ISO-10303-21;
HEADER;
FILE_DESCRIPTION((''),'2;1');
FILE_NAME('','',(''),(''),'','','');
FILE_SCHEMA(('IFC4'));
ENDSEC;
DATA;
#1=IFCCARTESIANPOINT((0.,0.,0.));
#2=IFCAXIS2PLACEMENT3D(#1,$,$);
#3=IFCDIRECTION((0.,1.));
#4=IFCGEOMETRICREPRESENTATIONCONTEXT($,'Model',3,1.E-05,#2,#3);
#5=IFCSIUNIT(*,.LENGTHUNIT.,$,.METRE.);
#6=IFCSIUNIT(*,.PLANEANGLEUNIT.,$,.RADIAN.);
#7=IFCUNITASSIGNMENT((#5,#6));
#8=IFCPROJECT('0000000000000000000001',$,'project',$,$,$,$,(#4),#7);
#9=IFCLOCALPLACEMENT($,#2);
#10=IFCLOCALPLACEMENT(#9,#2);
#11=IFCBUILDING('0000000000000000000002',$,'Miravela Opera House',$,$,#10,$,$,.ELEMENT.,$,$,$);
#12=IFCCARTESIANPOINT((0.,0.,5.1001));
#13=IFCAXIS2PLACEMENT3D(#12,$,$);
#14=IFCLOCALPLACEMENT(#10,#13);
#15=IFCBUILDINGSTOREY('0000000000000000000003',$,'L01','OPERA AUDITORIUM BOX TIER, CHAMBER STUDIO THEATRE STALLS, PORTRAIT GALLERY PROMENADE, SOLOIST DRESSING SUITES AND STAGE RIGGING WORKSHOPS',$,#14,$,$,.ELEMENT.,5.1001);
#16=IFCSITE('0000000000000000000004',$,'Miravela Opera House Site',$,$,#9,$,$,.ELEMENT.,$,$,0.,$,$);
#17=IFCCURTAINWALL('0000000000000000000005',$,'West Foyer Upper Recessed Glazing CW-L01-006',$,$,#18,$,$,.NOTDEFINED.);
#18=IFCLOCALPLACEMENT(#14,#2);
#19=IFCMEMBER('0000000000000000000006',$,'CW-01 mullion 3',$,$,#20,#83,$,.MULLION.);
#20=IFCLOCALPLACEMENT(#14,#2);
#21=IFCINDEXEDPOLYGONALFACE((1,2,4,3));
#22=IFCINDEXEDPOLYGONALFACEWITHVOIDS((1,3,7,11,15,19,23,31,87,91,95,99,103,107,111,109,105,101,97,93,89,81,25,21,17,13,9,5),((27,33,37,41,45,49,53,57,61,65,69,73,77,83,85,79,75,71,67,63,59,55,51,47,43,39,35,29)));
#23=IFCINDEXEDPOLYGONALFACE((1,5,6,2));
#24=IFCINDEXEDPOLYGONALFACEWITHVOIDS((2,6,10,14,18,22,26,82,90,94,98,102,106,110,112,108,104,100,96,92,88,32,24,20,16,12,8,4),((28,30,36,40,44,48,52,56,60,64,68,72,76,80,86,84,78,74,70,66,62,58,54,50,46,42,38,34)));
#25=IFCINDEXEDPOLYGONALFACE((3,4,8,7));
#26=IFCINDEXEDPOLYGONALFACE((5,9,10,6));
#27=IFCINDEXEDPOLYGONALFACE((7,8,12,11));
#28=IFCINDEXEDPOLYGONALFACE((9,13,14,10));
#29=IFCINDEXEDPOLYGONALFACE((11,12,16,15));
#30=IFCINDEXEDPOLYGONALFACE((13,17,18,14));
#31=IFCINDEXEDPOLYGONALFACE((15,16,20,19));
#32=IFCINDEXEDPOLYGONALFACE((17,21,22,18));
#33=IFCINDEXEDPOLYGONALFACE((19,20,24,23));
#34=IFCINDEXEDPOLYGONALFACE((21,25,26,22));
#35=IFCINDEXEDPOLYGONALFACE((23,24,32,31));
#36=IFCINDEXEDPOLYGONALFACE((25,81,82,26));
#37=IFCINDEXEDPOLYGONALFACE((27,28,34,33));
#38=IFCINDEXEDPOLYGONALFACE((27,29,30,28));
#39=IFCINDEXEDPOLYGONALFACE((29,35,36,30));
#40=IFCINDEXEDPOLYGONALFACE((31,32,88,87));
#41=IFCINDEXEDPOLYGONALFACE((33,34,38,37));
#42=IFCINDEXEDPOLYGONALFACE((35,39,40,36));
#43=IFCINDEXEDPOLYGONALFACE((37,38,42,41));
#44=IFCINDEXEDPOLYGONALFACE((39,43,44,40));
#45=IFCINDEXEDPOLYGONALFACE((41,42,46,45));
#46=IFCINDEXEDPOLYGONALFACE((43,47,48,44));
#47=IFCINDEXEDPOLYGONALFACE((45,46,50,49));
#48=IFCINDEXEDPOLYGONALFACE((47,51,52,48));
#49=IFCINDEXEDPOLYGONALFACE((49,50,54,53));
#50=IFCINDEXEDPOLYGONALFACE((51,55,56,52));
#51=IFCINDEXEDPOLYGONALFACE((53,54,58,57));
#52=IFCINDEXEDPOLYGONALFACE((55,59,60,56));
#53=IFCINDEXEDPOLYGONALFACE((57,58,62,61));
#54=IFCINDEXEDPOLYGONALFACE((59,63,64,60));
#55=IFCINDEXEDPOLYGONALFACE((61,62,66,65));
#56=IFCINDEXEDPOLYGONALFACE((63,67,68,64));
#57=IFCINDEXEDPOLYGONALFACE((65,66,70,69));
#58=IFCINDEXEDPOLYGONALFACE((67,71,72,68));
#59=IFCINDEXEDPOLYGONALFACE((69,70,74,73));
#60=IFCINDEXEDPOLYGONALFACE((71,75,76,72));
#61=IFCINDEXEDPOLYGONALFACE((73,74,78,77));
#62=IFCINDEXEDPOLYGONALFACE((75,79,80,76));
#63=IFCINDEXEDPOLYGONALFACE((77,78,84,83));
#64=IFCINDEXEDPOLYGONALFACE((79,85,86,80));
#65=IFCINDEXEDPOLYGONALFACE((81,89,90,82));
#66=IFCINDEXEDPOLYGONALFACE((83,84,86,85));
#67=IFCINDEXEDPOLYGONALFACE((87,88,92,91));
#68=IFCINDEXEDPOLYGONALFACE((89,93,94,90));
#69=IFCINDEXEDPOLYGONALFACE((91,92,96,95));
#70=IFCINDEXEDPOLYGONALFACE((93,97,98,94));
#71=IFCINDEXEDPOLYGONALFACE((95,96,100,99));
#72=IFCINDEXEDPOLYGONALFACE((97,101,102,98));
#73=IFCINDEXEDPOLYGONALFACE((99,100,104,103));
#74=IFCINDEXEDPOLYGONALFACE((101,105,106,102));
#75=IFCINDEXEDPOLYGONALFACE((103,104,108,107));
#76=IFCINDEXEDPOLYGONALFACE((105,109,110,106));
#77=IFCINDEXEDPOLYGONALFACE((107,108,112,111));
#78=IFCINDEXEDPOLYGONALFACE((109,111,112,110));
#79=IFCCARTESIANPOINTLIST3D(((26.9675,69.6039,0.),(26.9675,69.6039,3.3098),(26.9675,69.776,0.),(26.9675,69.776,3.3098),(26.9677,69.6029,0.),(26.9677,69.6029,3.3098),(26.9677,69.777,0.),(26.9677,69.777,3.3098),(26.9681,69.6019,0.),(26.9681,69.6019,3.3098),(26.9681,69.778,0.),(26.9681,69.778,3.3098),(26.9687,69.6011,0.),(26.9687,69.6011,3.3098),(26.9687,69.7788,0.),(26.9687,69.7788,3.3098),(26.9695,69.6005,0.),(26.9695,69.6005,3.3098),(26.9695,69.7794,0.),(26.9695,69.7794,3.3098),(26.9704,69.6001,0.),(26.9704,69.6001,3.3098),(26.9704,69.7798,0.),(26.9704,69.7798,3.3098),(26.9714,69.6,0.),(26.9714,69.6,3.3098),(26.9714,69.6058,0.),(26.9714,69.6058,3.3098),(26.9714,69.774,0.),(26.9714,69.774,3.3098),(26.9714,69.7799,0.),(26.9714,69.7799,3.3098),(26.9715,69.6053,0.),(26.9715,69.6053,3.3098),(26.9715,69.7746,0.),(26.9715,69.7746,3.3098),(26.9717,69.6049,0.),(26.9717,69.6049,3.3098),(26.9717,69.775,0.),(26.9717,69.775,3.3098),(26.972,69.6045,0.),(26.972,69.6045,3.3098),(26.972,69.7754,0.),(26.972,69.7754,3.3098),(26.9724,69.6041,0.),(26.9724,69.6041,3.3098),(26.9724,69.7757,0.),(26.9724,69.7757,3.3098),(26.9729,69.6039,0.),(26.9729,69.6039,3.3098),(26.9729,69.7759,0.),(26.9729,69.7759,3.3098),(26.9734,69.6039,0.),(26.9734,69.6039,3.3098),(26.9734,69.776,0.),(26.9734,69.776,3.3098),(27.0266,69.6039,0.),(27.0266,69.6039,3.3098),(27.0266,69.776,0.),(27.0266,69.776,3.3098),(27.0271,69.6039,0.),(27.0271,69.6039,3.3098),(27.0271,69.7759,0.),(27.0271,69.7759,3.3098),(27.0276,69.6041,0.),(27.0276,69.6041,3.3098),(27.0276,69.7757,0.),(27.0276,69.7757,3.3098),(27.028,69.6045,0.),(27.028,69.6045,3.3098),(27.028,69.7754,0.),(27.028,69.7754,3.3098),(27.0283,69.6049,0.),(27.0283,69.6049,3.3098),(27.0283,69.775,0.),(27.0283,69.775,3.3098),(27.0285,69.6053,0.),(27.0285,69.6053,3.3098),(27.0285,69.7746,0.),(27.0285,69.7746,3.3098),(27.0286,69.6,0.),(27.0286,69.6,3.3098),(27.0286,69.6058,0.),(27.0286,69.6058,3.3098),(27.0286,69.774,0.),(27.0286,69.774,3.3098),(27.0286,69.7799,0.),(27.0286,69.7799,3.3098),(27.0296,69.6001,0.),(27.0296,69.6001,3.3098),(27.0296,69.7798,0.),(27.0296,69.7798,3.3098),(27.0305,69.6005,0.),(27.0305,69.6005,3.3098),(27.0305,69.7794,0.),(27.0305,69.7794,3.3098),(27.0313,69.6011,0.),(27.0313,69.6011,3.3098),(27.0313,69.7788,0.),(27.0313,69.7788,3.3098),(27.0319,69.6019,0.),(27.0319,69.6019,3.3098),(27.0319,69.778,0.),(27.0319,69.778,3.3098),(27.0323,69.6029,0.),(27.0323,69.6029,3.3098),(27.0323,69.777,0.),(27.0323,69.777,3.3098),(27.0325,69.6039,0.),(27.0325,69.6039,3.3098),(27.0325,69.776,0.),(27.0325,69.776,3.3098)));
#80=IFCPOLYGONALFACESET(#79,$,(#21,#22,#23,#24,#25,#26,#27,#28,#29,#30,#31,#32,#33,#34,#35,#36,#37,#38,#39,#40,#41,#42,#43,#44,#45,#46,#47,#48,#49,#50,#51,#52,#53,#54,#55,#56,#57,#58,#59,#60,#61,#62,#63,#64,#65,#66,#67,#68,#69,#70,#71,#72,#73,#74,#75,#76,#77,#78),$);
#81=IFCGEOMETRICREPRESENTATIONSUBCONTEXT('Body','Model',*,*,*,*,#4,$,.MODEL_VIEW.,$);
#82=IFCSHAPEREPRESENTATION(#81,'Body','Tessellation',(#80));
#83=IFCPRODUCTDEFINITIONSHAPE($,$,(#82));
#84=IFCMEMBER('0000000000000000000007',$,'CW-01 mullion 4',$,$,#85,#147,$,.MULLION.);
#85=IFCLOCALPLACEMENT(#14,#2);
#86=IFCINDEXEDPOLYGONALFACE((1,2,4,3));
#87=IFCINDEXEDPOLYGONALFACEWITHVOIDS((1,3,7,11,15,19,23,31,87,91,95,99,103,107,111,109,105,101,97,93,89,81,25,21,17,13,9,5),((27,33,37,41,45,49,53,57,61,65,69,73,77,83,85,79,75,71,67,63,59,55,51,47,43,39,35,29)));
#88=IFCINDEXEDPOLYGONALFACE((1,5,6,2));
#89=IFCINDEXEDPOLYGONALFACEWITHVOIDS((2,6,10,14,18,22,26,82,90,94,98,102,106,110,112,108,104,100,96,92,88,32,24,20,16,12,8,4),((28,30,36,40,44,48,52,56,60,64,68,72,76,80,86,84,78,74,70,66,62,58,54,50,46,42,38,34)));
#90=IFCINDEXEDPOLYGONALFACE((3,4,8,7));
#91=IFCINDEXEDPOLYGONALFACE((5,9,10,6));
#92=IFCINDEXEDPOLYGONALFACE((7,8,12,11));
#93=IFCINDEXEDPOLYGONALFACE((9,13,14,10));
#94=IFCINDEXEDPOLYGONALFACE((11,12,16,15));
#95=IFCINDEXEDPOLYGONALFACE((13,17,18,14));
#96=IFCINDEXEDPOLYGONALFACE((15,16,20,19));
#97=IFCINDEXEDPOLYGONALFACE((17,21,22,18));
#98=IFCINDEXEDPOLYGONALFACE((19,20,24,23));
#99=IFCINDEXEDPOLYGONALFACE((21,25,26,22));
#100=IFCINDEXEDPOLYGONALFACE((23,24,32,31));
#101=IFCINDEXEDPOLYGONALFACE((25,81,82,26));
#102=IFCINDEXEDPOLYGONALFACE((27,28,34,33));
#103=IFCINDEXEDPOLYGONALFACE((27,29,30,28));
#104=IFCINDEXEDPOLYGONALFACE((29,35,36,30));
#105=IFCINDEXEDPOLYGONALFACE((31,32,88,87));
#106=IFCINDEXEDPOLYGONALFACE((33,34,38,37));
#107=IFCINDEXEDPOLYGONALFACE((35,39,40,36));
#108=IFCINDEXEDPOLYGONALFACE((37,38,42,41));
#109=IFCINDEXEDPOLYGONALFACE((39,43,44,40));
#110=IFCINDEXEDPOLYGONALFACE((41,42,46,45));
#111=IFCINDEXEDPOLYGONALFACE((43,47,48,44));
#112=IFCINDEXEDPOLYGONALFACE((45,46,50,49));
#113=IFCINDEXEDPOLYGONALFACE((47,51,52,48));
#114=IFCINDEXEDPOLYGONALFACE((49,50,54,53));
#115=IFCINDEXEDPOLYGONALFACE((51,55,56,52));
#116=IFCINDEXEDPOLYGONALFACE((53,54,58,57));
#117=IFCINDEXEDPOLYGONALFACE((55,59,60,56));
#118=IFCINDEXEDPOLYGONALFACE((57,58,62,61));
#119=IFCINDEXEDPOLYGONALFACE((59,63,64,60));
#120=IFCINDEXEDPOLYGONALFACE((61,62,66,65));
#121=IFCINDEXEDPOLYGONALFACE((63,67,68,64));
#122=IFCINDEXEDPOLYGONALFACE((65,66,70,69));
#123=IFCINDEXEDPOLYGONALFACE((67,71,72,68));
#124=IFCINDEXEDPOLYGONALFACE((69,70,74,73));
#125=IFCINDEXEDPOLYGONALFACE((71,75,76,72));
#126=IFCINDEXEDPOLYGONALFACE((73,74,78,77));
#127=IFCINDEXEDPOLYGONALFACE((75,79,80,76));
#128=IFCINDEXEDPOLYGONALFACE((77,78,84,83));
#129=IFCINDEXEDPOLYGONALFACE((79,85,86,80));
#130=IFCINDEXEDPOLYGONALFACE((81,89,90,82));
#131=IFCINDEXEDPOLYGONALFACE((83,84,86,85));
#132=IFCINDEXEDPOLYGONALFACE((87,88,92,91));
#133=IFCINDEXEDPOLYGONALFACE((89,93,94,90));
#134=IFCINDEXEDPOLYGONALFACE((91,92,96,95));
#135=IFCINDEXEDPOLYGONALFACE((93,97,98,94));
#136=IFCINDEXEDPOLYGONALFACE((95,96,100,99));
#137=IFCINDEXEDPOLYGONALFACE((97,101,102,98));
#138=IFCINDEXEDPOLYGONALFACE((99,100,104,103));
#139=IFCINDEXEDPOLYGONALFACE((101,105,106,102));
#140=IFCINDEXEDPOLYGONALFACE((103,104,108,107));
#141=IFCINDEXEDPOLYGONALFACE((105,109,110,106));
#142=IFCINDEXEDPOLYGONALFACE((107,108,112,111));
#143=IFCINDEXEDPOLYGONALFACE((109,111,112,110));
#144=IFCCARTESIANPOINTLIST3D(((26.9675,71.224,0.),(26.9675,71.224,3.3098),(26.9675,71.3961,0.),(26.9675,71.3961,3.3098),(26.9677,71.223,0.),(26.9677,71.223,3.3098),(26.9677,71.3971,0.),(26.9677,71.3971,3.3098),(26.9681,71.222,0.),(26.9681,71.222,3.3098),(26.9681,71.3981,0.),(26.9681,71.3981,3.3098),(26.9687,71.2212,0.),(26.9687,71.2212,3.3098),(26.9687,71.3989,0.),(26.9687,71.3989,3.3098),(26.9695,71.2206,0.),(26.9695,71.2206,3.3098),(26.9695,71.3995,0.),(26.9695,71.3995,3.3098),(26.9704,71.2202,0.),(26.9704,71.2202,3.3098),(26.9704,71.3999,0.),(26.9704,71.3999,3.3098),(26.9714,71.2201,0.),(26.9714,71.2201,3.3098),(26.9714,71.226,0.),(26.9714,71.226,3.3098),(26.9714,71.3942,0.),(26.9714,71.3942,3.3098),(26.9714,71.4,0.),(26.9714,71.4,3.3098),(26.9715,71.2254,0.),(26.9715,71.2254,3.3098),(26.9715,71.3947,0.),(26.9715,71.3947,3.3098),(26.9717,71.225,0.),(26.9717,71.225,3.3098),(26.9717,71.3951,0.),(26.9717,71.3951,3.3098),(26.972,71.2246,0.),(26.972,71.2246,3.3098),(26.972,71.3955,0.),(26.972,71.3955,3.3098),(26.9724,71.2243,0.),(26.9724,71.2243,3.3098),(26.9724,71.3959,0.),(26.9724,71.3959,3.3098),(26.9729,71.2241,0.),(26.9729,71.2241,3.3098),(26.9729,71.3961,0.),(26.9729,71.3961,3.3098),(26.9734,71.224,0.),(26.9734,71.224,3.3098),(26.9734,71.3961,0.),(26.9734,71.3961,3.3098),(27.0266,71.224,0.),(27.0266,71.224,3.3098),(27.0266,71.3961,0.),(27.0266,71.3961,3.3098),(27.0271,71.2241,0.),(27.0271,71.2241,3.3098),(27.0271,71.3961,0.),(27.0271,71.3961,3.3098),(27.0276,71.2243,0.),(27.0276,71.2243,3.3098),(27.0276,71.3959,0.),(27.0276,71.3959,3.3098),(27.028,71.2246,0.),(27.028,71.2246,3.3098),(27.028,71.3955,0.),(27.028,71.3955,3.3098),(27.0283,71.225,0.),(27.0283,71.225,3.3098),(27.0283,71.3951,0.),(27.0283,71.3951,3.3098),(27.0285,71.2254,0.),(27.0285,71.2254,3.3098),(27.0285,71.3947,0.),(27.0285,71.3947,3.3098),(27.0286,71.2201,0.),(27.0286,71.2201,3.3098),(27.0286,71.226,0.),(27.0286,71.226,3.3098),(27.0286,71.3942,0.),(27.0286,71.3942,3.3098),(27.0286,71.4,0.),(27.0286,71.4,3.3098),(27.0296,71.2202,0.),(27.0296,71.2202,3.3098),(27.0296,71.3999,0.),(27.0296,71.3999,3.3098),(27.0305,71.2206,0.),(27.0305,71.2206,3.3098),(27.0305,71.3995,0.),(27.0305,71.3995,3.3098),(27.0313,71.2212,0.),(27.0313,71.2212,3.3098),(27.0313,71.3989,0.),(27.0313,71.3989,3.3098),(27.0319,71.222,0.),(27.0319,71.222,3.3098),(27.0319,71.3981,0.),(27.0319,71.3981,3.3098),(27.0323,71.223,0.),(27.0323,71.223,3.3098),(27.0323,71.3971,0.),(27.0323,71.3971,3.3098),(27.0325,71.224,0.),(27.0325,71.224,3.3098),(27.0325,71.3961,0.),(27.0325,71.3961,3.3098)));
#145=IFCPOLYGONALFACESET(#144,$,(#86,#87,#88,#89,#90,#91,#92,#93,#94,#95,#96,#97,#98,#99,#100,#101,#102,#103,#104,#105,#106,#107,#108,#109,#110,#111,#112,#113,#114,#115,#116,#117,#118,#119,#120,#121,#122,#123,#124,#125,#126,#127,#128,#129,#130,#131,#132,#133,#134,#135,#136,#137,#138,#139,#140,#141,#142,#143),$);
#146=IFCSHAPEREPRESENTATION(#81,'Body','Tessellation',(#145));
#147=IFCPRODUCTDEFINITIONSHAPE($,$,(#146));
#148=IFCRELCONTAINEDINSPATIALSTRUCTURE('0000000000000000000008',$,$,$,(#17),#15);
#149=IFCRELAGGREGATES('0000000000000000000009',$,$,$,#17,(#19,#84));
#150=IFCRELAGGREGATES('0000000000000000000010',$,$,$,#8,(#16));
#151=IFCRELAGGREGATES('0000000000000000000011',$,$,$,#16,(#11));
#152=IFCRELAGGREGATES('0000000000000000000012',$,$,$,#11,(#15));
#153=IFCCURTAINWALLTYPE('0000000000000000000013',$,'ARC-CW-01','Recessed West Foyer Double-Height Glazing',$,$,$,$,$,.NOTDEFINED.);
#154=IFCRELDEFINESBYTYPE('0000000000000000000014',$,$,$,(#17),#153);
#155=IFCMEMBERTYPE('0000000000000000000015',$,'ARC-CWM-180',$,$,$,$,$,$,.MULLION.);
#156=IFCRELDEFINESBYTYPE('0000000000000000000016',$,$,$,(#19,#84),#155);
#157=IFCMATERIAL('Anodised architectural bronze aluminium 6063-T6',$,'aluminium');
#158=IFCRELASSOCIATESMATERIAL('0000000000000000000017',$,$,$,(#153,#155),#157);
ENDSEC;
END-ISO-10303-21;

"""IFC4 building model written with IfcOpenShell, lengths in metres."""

from ifc_helpers import new_model, si_unit, direction, frame, origin, origin_2d, place, context, subcontext, project, spatial, hollow_rectangle, extrude, material, material_profile, profile_set, type_object, element, aggregate, save


model = new_model("IFC4")

# Units and contexts
model_context = context("Model", 3, precision=1e-05, world=origin(), true_north=direction((0.0, 1.0)))
body_context = subcontext(model_context, "Body", "Model", "MODEL_VIEW")
ifc_project = project(units=[si_unit("LENGTHUNIT", "METRE"), si_unit("PLANEANGLEUNIT", "RADIAN")], contexts=[model_context])

# Site, building, storey
site_placement = place(None, origin())
site = spatial("IfcSite", under=ifc_project, at=site_placement, Name="Miravela Opera House Site", CompositionType="ELEMENT", RefElevation=0.0)
building_placement = place(site_placement, origin())
building = spatial("IfcBuilding", under=site, at=building_placement, Name="Miravela Opera House", CompositionType="ELEMENT")
storey_placement = place(building_placement, frame((0.0, 0.0, 5.1001)))
storey = spatial("IfcBuildingStorey", under=building, at=storey_placement, Name="L01", Description="OPERA AUDITORIUM BOX TIER, CHAMBER STUDIO THEATRE STALLS, PORTRAIT GALLERY PROMENADE, SOLOIST DRESSING SUITES AND STAGE RIGGING WORKSHOPS", CompositionType="ELEMENT", Elevation=5.1001)

# Curtain wall, members
ifc_material_1 = material(Name="Anodised architectural bronze aluminium 6063-T6", Category="aluminium")
curtain_wall_type = type_object("IfcCurtainWallType", Name="ARC-CW-01", Description="Recessed West Foyer Double-Height Glazing", PredefinedType="NOTDEFINED", material=ifc_material_1)
curtain_wall_placement = place(storey_placement, origin())
curtain_wall = element("IfcCurtainWall", 1, at=curtain_wall_placement, inside=storey, type_object=curtain_wall_type, Name="West Foyer Upper Recessed Glazing CW-L01-006", PredefinedType="NOTDEFINED")
ifc_material_profile_1 = material_profile(ifc_material_1, hollow_rectangle(XDim=0.0649, YDim=0.1799, WallThickness=0.0039, InnerFilletRadius=0.002, OuterFilletRadius=0.0039, at=origin_2d()), Name="CWM-65X180")
ifc_profile_set_1 = profile_set([ifc_material_profile_1])
member_type_1 = type_object("IfcMemberType", Name="ARC-CWM-180", PredefinedType="MULLION", material=ifc_profile_set_1)
member_1_placement = place(storey_placement, frame((27.0, 69.6899, 0.0), z_axis=(0.0, 0.0, 1.0), x_axis=(-1.0, 0.0, 0.0)))
member_1 = element("IfcMember", 2, at=member_1_placement, type_object=member_type_1, Name="CW-01 mullion 3", PredefinedType="MULLION", context=body_context, shape_type="SweptSolid", body=[
    extrude(hollow_rectangle(XDim=0.0649, YDim=0.1799, WallThickness=0.0039, InnerFilletRadius=0.002, OuterFilletRadius=0.0039, at=origin_2d()), origin(), (0.0, 0.0, 1.0), 3.3098),
])
member_2_placement = place(storey_placement, frame((27.0, 71.3101, 0.0), z_axis=(0.0, 0.0, 1.0), x_axis=(-1.0, 0.0, 0.0)))
member_2 = element("IfcMember", 3, at=member_2_placement, type_object=member_type_1, Name="CW-01 mullion 4", PredefinedType="MULLION", context=body_context, shape_type="SweptSolid", body=[
    extrude(hollow_rectangle(XDim=0.0649, YDim=0.1799, WallThickness=0.0039, InnerFilletRadius=0.002, OuterFilletRadius=0.0039, at=origin_2d()), origin(), (0.0, 0.0, 1.0), 3.3098),
])
aggregate(curtain_wall, [member_1, member_2])

save(model, "model.ifc")
